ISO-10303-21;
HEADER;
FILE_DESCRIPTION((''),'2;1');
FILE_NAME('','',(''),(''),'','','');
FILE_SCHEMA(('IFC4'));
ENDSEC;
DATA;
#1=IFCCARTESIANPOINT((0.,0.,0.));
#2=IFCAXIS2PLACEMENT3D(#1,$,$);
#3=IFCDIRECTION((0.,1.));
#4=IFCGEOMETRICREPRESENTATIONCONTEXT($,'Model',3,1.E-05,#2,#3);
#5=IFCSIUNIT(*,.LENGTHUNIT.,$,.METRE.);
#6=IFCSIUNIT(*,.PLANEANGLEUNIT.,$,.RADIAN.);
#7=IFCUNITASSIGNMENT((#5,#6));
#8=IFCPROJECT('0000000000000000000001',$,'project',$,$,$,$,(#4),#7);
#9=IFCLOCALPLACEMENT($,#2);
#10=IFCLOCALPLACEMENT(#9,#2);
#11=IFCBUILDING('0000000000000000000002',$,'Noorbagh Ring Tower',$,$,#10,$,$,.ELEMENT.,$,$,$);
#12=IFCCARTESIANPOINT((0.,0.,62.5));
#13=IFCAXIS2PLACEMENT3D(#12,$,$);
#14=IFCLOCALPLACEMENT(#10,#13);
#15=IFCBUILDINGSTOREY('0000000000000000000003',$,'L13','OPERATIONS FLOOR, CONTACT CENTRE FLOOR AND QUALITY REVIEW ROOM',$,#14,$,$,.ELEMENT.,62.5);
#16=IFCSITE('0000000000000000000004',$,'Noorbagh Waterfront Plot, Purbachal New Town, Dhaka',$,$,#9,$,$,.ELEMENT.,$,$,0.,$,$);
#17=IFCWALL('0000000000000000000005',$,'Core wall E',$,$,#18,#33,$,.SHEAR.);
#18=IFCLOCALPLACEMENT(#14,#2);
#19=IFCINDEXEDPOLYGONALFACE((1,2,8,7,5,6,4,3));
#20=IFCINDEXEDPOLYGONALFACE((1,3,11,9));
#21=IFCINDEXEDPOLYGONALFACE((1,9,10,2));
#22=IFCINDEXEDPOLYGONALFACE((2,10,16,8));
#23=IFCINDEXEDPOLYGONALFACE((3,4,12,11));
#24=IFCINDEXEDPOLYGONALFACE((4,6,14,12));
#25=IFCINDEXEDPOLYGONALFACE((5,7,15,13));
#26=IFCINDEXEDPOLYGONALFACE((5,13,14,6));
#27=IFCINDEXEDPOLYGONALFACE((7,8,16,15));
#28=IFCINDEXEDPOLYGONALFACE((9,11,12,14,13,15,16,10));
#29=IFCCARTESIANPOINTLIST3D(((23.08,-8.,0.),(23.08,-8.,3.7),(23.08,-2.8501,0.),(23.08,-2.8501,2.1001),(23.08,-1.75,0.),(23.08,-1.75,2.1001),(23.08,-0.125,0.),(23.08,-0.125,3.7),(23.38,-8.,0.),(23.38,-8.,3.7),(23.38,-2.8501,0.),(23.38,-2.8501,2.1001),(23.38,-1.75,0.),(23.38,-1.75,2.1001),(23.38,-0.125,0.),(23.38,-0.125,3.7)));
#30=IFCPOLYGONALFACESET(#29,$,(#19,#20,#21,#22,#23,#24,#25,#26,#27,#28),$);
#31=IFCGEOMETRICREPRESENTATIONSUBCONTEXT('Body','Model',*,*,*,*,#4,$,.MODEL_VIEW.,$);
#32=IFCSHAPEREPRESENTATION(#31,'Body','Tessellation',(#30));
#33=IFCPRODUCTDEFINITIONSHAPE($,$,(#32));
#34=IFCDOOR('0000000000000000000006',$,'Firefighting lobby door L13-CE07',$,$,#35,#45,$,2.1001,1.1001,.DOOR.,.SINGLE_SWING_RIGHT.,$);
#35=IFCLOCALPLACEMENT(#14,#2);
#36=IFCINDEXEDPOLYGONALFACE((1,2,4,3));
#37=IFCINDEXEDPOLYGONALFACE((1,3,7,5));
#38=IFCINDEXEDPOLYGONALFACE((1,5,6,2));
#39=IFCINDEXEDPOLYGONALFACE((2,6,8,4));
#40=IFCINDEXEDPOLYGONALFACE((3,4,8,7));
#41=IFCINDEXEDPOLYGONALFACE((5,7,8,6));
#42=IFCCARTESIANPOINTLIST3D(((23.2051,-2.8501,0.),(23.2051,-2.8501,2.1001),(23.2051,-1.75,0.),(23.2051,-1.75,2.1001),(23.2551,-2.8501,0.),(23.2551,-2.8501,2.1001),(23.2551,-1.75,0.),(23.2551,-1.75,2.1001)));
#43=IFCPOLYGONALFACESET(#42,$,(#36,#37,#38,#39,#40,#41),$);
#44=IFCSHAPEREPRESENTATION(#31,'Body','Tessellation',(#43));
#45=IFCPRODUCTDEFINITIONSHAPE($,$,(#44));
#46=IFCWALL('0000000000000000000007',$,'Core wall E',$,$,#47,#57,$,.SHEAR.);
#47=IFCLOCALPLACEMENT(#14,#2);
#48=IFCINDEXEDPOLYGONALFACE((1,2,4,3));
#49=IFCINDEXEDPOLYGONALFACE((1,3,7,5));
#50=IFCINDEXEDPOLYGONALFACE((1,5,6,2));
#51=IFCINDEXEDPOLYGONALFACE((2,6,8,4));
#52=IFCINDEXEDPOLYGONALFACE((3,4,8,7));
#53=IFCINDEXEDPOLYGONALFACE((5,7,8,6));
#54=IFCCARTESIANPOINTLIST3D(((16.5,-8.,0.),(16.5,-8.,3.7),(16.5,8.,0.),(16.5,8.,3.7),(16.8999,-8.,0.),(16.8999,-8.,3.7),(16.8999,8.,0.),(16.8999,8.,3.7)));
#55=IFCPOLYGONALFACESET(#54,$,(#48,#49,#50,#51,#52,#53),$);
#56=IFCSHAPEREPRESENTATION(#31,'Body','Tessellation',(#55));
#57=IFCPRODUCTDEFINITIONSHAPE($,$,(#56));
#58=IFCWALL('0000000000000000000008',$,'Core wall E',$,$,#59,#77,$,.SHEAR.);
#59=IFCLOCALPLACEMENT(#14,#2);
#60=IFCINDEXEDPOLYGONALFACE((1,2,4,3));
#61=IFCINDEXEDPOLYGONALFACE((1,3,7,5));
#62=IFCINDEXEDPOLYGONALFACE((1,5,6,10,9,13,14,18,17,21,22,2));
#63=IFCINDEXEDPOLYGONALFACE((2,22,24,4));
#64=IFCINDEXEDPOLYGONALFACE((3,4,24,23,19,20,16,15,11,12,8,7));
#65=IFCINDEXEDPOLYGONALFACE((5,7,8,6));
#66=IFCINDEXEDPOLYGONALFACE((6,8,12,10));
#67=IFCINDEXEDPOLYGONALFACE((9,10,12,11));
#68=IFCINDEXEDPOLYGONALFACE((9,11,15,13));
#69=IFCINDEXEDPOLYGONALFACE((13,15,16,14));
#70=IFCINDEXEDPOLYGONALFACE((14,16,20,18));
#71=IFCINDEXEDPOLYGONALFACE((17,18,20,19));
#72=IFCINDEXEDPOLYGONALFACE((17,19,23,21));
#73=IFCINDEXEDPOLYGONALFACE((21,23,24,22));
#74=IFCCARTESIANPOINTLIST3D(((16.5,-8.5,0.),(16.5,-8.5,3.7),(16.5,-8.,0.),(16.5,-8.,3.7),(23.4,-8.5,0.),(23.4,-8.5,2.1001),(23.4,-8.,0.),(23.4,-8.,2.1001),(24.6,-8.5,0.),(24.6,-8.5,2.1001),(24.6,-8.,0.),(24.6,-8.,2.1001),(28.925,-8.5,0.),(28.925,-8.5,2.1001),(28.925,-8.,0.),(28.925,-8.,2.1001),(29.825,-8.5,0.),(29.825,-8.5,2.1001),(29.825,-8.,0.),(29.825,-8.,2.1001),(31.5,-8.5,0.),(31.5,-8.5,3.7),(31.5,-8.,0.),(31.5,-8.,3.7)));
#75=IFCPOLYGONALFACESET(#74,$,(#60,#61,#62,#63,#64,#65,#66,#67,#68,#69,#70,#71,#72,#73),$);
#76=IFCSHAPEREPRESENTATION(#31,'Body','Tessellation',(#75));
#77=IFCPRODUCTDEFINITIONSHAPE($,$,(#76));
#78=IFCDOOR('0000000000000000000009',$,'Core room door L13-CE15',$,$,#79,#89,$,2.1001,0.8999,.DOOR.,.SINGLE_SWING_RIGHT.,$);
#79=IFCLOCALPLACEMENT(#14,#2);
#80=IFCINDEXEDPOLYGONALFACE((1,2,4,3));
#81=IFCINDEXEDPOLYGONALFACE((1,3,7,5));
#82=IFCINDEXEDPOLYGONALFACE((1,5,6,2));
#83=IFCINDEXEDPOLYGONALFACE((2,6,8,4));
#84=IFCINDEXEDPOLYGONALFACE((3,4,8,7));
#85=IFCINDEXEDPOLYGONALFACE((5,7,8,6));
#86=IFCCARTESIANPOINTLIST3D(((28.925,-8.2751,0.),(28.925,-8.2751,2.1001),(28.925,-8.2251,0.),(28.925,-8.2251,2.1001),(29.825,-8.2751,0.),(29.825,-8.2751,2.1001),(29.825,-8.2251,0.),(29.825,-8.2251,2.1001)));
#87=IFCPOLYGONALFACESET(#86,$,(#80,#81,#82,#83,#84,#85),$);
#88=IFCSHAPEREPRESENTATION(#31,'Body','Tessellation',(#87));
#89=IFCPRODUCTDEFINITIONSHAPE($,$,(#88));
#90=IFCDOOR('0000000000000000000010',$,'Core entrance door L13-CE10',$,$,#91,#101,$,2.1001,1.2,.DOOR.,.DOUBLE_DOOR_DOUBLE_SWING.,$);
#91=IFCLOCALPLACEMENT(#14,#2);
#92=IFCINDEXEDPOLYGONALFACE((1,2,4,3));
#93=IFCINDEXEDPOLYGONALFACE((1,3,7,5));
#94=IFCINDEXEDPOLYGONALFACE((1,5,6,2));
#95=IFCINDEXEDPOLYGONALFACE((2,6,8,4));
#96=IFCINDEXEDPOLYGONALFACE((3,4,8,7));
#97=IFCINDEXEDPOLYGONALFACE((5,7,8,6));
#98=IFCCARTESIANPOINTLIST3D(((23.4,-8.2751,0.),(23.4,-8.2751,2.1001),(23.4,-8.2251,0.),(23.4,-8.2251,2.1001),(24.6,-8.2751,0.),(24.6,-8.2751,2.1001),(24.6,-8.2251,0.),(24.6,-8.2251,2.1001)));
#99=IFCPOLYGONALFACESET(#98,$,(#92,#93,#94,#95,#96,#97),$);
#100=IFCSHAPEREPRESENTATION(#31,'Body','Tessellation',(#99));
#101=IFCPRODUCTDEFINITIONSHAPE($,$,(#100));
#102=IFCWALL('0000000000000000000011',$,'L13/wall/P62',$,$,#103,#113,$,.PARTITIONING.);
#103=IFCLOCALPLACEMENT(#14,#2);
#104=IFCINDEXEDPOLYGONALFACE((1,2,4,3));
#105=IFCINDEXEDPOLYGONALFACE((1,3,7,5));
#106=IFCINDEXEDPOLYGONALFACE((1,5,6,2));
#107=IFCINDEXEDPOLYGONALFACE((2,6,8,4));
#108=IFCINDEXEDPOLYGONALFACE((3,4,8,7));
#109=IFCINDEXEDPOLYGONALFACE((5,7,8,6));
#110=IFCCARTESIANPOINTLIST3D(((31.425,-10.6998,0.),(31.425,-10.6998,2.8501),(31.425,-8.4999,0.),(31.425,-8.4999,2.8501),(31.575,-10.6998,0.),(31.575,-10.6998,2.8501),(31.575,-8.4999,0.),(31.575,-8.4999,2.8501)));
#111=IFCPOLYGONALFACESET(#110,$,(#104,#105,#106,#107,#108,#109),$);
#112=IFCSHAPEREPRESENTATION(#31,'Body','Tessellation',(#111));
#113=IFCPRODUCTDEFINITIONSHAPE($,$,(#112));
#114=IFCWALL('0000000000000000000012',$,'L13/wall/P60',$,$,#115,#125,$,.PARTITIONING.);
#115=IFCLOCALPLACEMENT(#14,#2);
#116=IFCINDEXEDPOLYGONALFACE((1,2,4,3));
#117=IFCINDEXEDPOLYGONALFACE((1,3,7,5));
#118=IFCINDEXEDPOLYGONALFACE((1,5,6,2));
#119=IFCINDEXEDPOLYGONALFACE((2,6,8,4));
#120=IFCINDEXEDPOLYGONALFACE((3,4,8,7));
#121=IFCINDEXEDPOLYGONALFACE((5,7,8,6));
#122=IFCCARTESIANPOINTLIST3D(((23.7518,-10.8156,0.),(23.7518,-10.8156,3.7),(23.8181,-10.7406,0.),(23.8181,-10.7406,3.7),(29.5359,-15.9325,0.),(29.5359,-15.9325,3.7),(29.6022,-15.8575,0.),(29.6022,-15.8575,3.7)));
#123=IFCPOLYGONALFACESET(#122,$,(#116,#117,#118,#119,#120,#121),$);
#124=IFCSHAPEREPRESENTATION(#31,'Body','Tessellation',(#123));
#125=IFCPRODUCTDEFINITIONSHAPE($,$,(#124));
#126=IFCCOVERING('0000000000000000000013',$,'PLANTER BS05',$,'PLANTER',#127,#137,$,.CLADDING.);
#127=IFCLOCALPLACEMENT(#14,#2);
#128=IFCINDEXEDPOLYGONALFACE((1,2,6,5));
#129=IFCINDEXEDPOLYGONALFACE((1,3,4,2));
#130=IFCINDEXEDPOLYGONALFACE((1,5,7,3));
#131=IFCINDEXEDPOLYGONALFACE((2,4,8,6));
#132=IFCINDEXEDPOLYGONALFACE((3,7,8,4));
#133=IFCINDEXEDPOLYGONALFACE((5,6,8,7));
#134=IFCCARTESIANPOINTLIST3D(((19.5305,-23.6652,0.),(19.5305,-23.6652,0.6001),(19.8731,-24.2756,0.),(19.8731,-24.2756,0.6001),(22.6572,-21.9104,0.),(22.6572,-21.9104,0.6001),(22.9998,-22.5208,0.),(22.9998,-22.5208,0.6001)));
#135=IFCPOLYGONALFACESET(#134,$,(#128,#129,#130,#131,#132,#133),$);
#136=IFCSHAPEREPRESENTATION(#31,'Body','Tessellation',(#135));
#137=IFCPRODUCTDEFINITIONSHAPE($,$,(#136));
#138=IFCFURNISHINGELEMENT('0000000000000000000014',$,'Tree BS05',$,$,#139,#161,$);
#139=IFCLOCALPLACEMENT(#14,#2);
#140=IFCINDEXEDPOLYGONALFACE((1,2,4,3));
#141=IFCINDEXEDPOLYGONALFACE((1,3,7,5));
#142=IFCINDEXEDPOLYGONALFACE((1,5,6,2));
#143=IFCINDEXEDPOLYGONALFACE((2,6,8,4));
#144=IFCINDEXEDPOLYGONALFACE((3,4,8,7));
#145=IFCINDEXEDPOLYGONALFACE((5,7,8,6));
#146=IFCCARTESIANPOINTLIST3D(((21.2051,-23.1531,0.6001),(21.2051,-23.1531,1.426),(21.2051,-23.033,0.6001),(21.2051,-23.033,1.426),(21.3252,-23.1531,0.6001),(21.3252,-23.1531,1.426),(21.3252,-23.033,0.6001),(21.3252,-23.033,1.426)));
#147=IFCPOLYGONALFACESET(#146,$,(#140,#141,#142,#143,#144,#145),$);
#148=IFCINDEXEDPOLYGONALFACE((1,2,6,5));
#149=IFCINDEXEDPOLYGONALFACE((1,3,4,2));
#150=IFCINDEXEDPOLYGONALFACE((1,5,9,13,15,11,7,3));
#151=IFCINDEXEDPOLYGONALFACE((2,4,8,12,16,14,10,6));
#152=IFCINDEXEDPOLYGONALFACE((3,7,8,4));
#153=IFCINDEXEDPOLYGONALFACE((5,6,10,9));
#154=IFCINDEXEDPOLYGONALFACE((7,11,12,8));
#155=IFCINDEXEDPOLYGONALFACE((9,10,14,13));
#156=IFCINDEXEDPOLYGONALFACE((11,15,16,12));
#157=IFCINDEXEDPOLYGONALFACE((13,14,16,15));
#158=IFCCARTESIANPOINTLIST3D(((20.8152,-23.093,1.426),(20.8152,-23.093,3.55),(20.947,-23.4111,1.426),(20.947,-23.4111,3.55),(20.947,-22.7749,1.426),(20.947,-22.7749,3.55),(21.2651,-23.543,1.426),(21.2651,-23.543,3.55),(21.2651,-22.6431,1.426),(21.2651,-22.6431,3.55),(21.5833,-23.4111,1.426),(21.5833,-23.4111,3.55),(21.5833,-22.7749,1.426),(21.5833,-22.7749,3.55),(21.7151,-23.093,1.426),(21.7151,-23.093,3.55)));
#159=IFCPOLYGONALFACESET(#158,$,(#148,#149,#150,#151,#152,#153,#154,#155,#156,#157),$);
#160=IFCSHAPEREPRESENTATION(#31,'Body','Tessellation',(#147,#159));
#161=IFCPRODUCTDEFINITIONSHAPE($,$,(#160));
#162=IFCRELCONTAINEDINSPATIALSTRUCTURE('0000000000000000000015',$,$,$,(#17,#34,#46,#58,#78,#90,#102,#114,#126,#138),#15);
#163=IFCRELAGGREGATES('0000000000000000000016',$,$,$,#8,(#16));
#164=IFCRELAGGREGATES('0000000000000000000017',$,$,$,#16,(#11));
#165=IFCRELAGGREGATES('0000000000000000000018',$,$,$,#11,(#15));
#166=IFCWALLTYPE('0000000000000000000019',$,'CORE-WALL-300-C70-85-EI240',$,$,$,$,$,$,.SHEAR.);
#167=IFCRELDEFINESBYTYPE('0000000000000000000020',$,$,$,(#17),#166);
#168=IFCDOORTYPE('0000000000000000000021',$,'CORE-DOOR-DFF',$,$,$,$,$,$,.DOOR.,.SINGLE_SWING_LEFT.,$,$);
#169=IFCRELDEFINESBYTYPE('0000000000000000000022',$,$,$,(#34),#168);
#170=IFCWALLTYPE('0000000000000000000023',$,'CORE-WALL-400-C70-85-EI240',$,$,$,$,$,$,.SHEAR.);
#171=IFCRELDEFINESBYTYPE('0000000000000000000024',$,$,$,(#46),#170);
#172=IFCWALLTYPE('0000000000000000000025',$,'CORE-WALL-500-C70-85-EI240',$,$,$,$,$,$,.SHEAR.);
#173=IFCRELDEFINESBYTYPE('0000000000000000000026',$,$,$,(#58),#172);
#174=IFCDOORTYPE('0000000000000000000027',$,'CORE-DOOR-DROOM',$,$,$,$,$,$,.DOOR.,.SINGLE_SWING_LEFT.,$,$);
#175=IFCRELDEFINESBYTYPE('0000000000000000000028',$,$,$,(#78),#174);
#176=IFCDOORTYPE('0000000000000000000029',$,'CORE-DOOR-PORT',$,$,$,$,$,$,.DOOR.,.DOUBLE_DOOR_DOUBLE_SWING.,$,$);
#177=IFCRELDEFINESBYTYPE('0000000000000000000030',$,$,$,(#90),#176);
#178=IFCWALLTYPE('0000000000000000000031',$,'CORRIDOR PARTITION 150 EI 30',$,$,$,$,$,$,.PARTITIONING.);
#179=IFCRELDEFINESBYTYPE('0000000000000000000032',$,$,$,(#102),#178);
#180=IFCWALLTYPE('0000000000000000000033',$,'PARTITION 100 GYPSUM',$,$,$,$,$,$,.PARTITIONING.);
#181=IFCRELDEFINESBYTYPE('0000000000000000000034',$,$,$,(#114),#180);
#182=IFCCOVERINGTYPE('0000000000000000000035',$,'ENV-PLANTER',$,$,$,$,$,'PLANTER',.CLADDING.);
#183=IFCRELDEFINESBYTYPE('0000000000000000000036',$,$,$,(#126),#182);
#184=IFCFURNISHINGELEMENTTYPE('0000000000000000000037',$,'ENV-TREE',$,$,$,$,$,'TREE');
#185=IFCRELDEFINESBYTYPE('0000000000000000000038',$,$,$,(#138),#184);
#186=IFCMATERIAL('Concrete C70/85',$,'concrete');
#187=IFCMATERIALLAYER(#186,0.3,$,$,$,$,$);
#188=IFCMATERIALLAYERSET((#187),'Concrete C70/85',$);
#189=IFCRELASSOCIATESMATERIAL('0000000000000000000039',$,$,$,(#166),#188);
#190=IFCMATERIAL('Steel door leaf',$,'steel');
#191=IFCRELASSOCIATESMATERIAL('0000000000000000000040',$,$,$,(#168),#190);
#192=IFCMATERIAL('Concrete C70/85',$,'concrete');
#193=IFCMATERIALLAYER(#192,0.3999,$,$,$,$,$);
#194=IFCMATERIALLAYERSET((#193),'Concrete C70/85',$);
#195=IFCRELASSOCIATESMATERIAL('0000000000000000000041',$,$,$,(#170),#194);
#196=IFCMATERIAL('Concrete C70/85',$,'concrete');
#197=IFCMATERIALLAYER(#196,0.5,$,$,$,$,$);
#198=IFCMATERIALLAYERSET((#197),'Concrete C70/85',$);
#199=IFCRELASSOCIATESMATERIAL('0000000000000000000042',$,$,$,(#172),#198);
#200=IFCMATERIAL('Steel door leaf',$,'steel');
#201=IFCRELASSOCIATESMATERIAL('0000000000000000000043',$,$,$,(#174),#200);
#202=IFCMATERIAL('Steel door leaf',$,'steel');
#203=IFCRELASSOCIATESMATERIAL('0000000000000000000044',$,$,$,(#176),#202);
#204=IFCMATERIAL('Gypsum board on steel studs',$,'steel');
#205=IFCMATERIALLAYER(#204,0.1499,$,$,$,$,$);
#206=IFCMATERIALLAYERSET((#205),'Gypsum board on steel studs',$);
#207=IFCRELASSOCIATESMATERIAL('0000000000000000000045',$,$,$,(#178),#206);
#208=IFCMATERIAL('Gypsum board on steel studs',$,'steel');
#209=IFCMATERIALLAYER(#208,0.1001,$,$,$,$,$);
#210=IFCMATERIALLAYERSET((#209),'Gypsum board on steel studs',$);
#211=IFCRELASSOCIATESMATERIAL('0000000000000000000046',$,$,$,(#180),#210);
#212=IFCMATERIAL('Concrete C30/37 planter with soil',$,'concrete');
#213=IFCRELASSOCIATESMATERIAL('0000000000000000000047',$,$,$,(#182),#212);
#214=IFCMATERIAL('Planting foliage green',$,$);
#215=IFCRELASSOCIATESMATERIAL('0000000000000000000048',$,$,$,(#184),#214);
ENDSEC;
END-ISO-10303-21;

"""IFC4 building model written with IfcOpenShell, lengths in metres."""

from ifc_helpers import new_model, si_unit, direction, frame, frame_2d, origin, origin_2d, place, context, subcontext, project, spatial, polyline, rectangle, outline, extrude, material, layer, layer_set, type_object, element, fill, save


model = new_model("IFC4")

# Units and contexts
model_context = context("Model", 3, precision=1e-05, world=origin(), true_north=direction((0.0, 1.0)))
body_context = subcontext(model_context, "Body", "Model", "MODEL_VIEW")
ifc_project = project(units=[si_unit("LENGTHUNIT", "METRE"), si_unit("PLANEANGLEUNIT", "RADIAN")], contexts=[model_context])

# Site, building, storey
site_placement = place(None, origin())
site = spatial("IfcSite", under=ifc_project, at=site_placement, Name="Noorbagh Waterfront Plot, Purbachal New Town, Dhaka", CompositionType="ELEMENT", RefElevation=0.0)
building_placement = place(site_placement, origin())
building = spatial("IfcBuilding", under=site, at=building_placement, Name="Noorbagh Ring Tower", CompositionType="ELEMENT")
storey_placement = place(building_placement, frame((0.0, 0.0, 62.5)))
storey = spatial("IfcBuildingStorey", under=building, at=storey_placement, Name="L13", Description="OPERATIONS FLOOR, CONTACT CENTRE FLOOR AND QUALITY REVIEW ROOM", CompositionType="ELEMENT", Elevation=62.5)

# Wall, opening, door
ifc_material_1 = material(Name="Concrete C70/85", Category="concrete")
ifc_layer_1 = layer(ifc_material_1, 0.3)
ifc_layer_set_1 = layer_set([ifc_layer_1], Name="Concrete C70/85")
wall_type_1 = type_object("IfcWallType", Name="CORE-WALL-300-C70-85-EI240", PredefinedType="SHEAR", material=ifc_layer_set_1)
wall_1_placement = place(storey_placement, frame((23.23, -8.0, 0.0), z_axis=(0.0, 0.0, 1.0), x_axis=(0.0, 1.0, 0.0)))
wall_1 = element("IfcWall", 1, at=wall_1_placement, inside=storey, type_object=wall_type_1, Name="Core wall E", PredefinedType="SHEAR", context=body_context, shape_type="SweptSolid", body=[
    extrude(rectangle(XDim=7.875, YDim=0.3, at=frame_2d((3.9375, 0.0))), origin(), (0.0, 0.0, 1.0), 3.7),
])
opening_1_placement = place(wall_1_placement, frame((5.1499, 0.0, 0.0)))
opening_1 = element("IfcOpeningElement", 2, at=opening_1_placement, cuts=wall_1, PredefinedType="OPENING", context=body_context, shape_type="SweptSolid", body=[
    extrude(rectangle(XDim=1.1001, YDim=2.1001, at=frame_2d((0.55, 1.05))), frame((0.0, 0.1602, 0.0), z_axis=(0.0, -1.0, 0.0), x_axis=(1.0, 0.0, 0.0)), (0.0, 0.0, 1.0), 0.3201),
])
ifc_material_2 = material(Name="Steel door leaf", Category="steel")
door_type_1 = type_object("IfcDoorType", Name="CORE-DOOR-DFF", OperationType="SINGLE_SWING_LEFT", PredefinedType="DOOR", material=ifc_material_2)
door_1_placement = place(opening_1_placement, origin())
door_1 = element("IfcDoor", 3, at=door_1_placement, inside=storey, type_object=door_type_1, Name="Firefighting lobby door L13-CE07", OperationType="SINGLE_SWING_RIGHT", OverallHeight=2.1001, OverallWidth=1.1001, PredefinedType="DOOR", context=body_context, shape_type="SweptSolid", body=[
    extrude(rectangle(XDim=1.1001, YDim=2.1001, at=frame_2d((0.55, 1.05))), frame((0.0, 0.0249, 0.0), z_axis=(0.0, -1.0, 0.0), x_axis=(1.0, 0.0, 0.0)), (0.0, 0.0, 1.0), 0.05),
])
fill(opening_1, door_1)

# Wall
ifc_material_3 = material(Name="Concrete C70/85", Category="concrete")
ifc_layer_2 = layer(ifc_material_3, 0.3999)
ifc_layer_set_2 = layer_set([ifc_layer_2], Name="Concrete C70/85")
wall_type_2 = type_object("IfcWallType", Name="CORE-WALL-400-C70-85-EI240", PredefinedType="SHEAR", material=ifc_layer_set_2)
wall_2_placement = place(storey_placement, frame((16.7, -8.0, 0.0), z_axis=(0.0, 0.0, 1.0), x_axis=(0.0, 1.0, 0.0)))
element("IfcWall", 4, at=wall_2_placement, inside=storey, type_object=wall_type_2, Name="Core wall E", PredefinedType="SHEAR", context=body_context, shape_type="SweptSolid", body=[
    extrude(rectangle(XDim=16.0, YDim=0.3999, at=frame_2d((8.0, 0.0))), origin(), (0.0, 0.0, 1.0), 3.7),
])

# Wall, openings, doors
ifc_material_4 = material(Name="Concrete C70/85", Category="concrete")
ifc_layer_3 = layer(ifc_material_4, 0.5)
ifc_layer_set_3 = layer_set([ifc_layer_3], Name="Concrete C70/85")
wall_type_3 = type_object("IfcWallType", Name="CORE-WALL-500-C70-85-EI240", PredefinedType="SHEAR", material=ifc_layer_set_3)
wall_3_placement = place(storey_placement, frame((16.5, -8.25, 0.0), z_axis=(0.0, 0.0, 1.0), x_axis=(1.0, 0.0, 0.0)))
wall_3 = element("IfcWall", 5, at=wall_3_placement, inside=storey, type_object=wall_type_3, Name="Core wall E", PredefinedType="SHEAR", context=body_context, shape_type="SweptSolid", body=[
    extrude(rectangle(XDim=15.0, YDim=0.5, at=frame_2d((7.5, 0.0))), origin(), (0.0, 0.0, 1.0), 3.7),
])
opening_2_placement = place(wall_3_placement, frame((6.8999, 0.0, 0.0)))
opening_2 = element("IfcOpeningElement", 6, at=opening_2_placement, cuts=wall_3, PredefinedType="OPENING", context=body_context, shape_type="SweptSolid", body=[
    extrude(rectangle(XDim=1.2, YDim=2.1001, at=frame_2d((0.6001, 1.05))), frame((0.0, 0.26, 0.0), z_axis=(0.0, -1.0, 0.0), x_axis=(1.0, 0.0, 0.0)), (0.0, 0.0, 1.0), 0.52),
])
opening_3_placement = place(wall_3_placement, frame((12.425, 0.0, 0.0)))
opening_3 = element("IfcOpeningElement", 7, at=opening_3_placement, cuts=wall_3, PredefinedType="OPENING", context=body_context, shape_type="SweptSolid", body=[
    extrude(rectangle(XDim=0.8999, YDim=2.1001, at=frame_2d((0.45, 1.05))), frame((0.0, 0.26, 0.0), z_axis=(0.0, -1.0, 0.0), x_axis=(1.0, 0.0, 0.0)), (0.0, 0.0, 1.0), 0.52),
])
ifc_material_5 = material(Name="Steel door leaf", Category="steel")
door_type_2 = type_object("IfcDoorType", Name="CORE-DOOR-DROOM", OperationType="SINGLE_SWING_LEFT", PredefinedType="DOOR", material=ifc_material_5)
door_2_placement = place(opening_3_placement, origin())
door_2 = element("IfcDoor", 8, at=door_2_placement, inside=storey, type_object=door_type_2, Name="Core room door L13-CE15", OperationType="SINGLE_SWING_RIGHT", OverallHeight=2.1001, OverallWidth=0.8999, PredefinedType="DOOR", context=body_context, shape_type="SweptSolid", body=[
    extrude(rectangle(XDim=0.8999, YDim=2.1001, at=frame_2d((0.45, 1.05))), frame((0.0, 0.0249, 0.0), z_axis=(0.0, -1.0, 0.0), x_axis=(1.0, 0.0, 0.0)), (0.0, 0.0, 1.0), 0.05),
])
fill(opening_3, door_2)
ifc_material_6 = material(Name="Steel door leaf", Category="steel")
door_type_3 = type_object("IfcDoorType", Name="CORE-DOOR-PORT", OperationType="DOUBLE_DOOR_DOUBLE_SWING", PredefinedType="DOOR", material=ifc_material_6)
door_3_placement = place(opening_2_placement, origin())
door_3 = element("IfcDoor", 9, at=door_3_placement, inside=storey, type_object=door_type_3, Name="Core entrance door L13-CE10", OperationType="DOUBLE_DOOR_DOUBLE_SWING", OverallHeight=2.1001, OverallWidth=1.2, PredefinedType="DOOR", context=body_context, shape_type="SweptSolid", body=[
    extrude(rectangle(XDim=1.2, YDim=2.1001, at=frame_2d((0.6001, 1.05))), frame((0.0, 0.0249, 0.0), z_axis=(0.0, -1.0, 0.0), x_axis=(1.0, 0.0, 0.0)), (0.0, 0.0, 1.0), 0.05),
])
fill(opening_2, door_3)

# Walls
ifc_material_7 = material(Name="Gypsum board on steel studs", Category="steel")
ifc_layer_4 = layer(ifc_material_7, 0.1499)
ifc_layer_set_4 = layer_set([ifc_layer_4], Name="Gypsum board on steel studs")
wall_type_4 = type_object("IfcWallType", Name="CORRIDOR PARTITION 150 EI 30", PredefinedType="PARTITIONING", material=ifc_layer_set_4)
wall_4_placement = place(storey_placement, frame((31.5, -10.7, 0.0), z_axis=(0.0, 0.0, 1.0), x_axis=(0.0, 1.0, 0.0)))
element("IfcWall", 10, at=wall_4_placement, inside=storey, type_object=wall_type_4, Name="L13/wall/P62", PredefinedType="PARTITIONING", context=body_context, shape_type="SweptSolid", body=[
    extrude(rectangle(XDim=2.2, YDim=0.1499, at=frame_2d((1.1001, 0.0))), origin(), (0.0, 0.0, 1.0), 2.8501),
])
ifc_material_8 = material(Name="Gypsum board on steel studs", Category="steel")
ifc_layer_5 = layer(ifc_material_8, 0.1001)
ifc_layer_set_5 = layer_set([ifc_layer_5], Name="Gypsum board on steel studs")
wall_type_5 = type_object("IfcWallType", Name="PARTITION 100 GYPSUM", PredefinedType="PARTITIONING", material=ifc_layer_set_5)
wall_5_placement = place(storey_placement, frame((23.7849, -10.7781, 0.0), z_axis=(0.0, 0.0, 1.0), x_axis=(0.748986, -0.662586, 0.0)))
element("IfcWall", 11, at=wall_5_placement, inside=storey, type_object=wall_type_5, Name="L13/wall/P60", PredefinedType="PARTITIONING", context=body_context, shape_type="SweptSolid", body=[
    extrude(rectangle(XDim=7.7227, YDim=0.1001, at=frame_2d((3.8613, 0.0))), origin(), (0.0, 0.0, 1.0), 3.7),
])

# Covering
ifc_material_9 = material(Name="Concrete C30/37 planter with soil", Category="concrete")
covering_type = type_object("IfcCoveringType", Name="ENV-PLANTER", ElementType="PLANTER", PredefinedType="CLADDING", material=ifc_material_9)
covering_placement = place(storey_placement, frame((21.2651, -23.093, 0.0), z_axis=(0.0, 0.0, 1.0), x_axis=(0.872045, 0.489426, 0.0)))
element("IfcCovering", 12, at=covering_placement, inside=storey, type_object=covering_type, Name="PLANTER BS05", ObjectType="PLANTER", PredefinedType="CLADDING", context=body_context, shape_type="SweptSolid", body=[
    extrude(rectangle(XDim=3.5854, YDim=0.7, at=origin_2d()), origin(), (0.0, 0.0, 1.0), 0.6001),
])

# Furnishing element
ifc_material_10 = material(Name="Planting foliage green")
furnishing_element_type = type_object("IfcFurnishingElementType", Name="ENV-TREE", ElementType="TREE", material=ifc_material_10)
furnishing_placement = place(storey_placement, frame((21.2651, -23.093, 0.6001), z_axis=(0.0, 0.0, 1.0), x_axis=(1.0, 0.0, 0.0)))
element("IfcFurnishingElement", 13, at=furnishing_placement, inside=storey, type_object=furnishing_element_type, Name="Tree BS05", context=body_context, shape_type="SweptSolid", body=[
    extrude(rectangle(XDim=0.1201, YDim=0.1201, at=origin_2d()), origin(), (0.0, 0.0, 1.0), 0.8259),
    extrude(outline(polyline([(0.45, 0.0), (0.3181, 0.3181), (0.0, 0.45), (-0.3181, 0.3181), (-0.45, 0.0), (-0.3181, -0.3181), (0.0, -0.45), (0.3181, -0.3181), (0.45, 0.0)])), frame((0.0, 0.0, 0.8259)), (0.0, 0.0, 1.0), 2.124),
])

save(model, "model.ifc")
